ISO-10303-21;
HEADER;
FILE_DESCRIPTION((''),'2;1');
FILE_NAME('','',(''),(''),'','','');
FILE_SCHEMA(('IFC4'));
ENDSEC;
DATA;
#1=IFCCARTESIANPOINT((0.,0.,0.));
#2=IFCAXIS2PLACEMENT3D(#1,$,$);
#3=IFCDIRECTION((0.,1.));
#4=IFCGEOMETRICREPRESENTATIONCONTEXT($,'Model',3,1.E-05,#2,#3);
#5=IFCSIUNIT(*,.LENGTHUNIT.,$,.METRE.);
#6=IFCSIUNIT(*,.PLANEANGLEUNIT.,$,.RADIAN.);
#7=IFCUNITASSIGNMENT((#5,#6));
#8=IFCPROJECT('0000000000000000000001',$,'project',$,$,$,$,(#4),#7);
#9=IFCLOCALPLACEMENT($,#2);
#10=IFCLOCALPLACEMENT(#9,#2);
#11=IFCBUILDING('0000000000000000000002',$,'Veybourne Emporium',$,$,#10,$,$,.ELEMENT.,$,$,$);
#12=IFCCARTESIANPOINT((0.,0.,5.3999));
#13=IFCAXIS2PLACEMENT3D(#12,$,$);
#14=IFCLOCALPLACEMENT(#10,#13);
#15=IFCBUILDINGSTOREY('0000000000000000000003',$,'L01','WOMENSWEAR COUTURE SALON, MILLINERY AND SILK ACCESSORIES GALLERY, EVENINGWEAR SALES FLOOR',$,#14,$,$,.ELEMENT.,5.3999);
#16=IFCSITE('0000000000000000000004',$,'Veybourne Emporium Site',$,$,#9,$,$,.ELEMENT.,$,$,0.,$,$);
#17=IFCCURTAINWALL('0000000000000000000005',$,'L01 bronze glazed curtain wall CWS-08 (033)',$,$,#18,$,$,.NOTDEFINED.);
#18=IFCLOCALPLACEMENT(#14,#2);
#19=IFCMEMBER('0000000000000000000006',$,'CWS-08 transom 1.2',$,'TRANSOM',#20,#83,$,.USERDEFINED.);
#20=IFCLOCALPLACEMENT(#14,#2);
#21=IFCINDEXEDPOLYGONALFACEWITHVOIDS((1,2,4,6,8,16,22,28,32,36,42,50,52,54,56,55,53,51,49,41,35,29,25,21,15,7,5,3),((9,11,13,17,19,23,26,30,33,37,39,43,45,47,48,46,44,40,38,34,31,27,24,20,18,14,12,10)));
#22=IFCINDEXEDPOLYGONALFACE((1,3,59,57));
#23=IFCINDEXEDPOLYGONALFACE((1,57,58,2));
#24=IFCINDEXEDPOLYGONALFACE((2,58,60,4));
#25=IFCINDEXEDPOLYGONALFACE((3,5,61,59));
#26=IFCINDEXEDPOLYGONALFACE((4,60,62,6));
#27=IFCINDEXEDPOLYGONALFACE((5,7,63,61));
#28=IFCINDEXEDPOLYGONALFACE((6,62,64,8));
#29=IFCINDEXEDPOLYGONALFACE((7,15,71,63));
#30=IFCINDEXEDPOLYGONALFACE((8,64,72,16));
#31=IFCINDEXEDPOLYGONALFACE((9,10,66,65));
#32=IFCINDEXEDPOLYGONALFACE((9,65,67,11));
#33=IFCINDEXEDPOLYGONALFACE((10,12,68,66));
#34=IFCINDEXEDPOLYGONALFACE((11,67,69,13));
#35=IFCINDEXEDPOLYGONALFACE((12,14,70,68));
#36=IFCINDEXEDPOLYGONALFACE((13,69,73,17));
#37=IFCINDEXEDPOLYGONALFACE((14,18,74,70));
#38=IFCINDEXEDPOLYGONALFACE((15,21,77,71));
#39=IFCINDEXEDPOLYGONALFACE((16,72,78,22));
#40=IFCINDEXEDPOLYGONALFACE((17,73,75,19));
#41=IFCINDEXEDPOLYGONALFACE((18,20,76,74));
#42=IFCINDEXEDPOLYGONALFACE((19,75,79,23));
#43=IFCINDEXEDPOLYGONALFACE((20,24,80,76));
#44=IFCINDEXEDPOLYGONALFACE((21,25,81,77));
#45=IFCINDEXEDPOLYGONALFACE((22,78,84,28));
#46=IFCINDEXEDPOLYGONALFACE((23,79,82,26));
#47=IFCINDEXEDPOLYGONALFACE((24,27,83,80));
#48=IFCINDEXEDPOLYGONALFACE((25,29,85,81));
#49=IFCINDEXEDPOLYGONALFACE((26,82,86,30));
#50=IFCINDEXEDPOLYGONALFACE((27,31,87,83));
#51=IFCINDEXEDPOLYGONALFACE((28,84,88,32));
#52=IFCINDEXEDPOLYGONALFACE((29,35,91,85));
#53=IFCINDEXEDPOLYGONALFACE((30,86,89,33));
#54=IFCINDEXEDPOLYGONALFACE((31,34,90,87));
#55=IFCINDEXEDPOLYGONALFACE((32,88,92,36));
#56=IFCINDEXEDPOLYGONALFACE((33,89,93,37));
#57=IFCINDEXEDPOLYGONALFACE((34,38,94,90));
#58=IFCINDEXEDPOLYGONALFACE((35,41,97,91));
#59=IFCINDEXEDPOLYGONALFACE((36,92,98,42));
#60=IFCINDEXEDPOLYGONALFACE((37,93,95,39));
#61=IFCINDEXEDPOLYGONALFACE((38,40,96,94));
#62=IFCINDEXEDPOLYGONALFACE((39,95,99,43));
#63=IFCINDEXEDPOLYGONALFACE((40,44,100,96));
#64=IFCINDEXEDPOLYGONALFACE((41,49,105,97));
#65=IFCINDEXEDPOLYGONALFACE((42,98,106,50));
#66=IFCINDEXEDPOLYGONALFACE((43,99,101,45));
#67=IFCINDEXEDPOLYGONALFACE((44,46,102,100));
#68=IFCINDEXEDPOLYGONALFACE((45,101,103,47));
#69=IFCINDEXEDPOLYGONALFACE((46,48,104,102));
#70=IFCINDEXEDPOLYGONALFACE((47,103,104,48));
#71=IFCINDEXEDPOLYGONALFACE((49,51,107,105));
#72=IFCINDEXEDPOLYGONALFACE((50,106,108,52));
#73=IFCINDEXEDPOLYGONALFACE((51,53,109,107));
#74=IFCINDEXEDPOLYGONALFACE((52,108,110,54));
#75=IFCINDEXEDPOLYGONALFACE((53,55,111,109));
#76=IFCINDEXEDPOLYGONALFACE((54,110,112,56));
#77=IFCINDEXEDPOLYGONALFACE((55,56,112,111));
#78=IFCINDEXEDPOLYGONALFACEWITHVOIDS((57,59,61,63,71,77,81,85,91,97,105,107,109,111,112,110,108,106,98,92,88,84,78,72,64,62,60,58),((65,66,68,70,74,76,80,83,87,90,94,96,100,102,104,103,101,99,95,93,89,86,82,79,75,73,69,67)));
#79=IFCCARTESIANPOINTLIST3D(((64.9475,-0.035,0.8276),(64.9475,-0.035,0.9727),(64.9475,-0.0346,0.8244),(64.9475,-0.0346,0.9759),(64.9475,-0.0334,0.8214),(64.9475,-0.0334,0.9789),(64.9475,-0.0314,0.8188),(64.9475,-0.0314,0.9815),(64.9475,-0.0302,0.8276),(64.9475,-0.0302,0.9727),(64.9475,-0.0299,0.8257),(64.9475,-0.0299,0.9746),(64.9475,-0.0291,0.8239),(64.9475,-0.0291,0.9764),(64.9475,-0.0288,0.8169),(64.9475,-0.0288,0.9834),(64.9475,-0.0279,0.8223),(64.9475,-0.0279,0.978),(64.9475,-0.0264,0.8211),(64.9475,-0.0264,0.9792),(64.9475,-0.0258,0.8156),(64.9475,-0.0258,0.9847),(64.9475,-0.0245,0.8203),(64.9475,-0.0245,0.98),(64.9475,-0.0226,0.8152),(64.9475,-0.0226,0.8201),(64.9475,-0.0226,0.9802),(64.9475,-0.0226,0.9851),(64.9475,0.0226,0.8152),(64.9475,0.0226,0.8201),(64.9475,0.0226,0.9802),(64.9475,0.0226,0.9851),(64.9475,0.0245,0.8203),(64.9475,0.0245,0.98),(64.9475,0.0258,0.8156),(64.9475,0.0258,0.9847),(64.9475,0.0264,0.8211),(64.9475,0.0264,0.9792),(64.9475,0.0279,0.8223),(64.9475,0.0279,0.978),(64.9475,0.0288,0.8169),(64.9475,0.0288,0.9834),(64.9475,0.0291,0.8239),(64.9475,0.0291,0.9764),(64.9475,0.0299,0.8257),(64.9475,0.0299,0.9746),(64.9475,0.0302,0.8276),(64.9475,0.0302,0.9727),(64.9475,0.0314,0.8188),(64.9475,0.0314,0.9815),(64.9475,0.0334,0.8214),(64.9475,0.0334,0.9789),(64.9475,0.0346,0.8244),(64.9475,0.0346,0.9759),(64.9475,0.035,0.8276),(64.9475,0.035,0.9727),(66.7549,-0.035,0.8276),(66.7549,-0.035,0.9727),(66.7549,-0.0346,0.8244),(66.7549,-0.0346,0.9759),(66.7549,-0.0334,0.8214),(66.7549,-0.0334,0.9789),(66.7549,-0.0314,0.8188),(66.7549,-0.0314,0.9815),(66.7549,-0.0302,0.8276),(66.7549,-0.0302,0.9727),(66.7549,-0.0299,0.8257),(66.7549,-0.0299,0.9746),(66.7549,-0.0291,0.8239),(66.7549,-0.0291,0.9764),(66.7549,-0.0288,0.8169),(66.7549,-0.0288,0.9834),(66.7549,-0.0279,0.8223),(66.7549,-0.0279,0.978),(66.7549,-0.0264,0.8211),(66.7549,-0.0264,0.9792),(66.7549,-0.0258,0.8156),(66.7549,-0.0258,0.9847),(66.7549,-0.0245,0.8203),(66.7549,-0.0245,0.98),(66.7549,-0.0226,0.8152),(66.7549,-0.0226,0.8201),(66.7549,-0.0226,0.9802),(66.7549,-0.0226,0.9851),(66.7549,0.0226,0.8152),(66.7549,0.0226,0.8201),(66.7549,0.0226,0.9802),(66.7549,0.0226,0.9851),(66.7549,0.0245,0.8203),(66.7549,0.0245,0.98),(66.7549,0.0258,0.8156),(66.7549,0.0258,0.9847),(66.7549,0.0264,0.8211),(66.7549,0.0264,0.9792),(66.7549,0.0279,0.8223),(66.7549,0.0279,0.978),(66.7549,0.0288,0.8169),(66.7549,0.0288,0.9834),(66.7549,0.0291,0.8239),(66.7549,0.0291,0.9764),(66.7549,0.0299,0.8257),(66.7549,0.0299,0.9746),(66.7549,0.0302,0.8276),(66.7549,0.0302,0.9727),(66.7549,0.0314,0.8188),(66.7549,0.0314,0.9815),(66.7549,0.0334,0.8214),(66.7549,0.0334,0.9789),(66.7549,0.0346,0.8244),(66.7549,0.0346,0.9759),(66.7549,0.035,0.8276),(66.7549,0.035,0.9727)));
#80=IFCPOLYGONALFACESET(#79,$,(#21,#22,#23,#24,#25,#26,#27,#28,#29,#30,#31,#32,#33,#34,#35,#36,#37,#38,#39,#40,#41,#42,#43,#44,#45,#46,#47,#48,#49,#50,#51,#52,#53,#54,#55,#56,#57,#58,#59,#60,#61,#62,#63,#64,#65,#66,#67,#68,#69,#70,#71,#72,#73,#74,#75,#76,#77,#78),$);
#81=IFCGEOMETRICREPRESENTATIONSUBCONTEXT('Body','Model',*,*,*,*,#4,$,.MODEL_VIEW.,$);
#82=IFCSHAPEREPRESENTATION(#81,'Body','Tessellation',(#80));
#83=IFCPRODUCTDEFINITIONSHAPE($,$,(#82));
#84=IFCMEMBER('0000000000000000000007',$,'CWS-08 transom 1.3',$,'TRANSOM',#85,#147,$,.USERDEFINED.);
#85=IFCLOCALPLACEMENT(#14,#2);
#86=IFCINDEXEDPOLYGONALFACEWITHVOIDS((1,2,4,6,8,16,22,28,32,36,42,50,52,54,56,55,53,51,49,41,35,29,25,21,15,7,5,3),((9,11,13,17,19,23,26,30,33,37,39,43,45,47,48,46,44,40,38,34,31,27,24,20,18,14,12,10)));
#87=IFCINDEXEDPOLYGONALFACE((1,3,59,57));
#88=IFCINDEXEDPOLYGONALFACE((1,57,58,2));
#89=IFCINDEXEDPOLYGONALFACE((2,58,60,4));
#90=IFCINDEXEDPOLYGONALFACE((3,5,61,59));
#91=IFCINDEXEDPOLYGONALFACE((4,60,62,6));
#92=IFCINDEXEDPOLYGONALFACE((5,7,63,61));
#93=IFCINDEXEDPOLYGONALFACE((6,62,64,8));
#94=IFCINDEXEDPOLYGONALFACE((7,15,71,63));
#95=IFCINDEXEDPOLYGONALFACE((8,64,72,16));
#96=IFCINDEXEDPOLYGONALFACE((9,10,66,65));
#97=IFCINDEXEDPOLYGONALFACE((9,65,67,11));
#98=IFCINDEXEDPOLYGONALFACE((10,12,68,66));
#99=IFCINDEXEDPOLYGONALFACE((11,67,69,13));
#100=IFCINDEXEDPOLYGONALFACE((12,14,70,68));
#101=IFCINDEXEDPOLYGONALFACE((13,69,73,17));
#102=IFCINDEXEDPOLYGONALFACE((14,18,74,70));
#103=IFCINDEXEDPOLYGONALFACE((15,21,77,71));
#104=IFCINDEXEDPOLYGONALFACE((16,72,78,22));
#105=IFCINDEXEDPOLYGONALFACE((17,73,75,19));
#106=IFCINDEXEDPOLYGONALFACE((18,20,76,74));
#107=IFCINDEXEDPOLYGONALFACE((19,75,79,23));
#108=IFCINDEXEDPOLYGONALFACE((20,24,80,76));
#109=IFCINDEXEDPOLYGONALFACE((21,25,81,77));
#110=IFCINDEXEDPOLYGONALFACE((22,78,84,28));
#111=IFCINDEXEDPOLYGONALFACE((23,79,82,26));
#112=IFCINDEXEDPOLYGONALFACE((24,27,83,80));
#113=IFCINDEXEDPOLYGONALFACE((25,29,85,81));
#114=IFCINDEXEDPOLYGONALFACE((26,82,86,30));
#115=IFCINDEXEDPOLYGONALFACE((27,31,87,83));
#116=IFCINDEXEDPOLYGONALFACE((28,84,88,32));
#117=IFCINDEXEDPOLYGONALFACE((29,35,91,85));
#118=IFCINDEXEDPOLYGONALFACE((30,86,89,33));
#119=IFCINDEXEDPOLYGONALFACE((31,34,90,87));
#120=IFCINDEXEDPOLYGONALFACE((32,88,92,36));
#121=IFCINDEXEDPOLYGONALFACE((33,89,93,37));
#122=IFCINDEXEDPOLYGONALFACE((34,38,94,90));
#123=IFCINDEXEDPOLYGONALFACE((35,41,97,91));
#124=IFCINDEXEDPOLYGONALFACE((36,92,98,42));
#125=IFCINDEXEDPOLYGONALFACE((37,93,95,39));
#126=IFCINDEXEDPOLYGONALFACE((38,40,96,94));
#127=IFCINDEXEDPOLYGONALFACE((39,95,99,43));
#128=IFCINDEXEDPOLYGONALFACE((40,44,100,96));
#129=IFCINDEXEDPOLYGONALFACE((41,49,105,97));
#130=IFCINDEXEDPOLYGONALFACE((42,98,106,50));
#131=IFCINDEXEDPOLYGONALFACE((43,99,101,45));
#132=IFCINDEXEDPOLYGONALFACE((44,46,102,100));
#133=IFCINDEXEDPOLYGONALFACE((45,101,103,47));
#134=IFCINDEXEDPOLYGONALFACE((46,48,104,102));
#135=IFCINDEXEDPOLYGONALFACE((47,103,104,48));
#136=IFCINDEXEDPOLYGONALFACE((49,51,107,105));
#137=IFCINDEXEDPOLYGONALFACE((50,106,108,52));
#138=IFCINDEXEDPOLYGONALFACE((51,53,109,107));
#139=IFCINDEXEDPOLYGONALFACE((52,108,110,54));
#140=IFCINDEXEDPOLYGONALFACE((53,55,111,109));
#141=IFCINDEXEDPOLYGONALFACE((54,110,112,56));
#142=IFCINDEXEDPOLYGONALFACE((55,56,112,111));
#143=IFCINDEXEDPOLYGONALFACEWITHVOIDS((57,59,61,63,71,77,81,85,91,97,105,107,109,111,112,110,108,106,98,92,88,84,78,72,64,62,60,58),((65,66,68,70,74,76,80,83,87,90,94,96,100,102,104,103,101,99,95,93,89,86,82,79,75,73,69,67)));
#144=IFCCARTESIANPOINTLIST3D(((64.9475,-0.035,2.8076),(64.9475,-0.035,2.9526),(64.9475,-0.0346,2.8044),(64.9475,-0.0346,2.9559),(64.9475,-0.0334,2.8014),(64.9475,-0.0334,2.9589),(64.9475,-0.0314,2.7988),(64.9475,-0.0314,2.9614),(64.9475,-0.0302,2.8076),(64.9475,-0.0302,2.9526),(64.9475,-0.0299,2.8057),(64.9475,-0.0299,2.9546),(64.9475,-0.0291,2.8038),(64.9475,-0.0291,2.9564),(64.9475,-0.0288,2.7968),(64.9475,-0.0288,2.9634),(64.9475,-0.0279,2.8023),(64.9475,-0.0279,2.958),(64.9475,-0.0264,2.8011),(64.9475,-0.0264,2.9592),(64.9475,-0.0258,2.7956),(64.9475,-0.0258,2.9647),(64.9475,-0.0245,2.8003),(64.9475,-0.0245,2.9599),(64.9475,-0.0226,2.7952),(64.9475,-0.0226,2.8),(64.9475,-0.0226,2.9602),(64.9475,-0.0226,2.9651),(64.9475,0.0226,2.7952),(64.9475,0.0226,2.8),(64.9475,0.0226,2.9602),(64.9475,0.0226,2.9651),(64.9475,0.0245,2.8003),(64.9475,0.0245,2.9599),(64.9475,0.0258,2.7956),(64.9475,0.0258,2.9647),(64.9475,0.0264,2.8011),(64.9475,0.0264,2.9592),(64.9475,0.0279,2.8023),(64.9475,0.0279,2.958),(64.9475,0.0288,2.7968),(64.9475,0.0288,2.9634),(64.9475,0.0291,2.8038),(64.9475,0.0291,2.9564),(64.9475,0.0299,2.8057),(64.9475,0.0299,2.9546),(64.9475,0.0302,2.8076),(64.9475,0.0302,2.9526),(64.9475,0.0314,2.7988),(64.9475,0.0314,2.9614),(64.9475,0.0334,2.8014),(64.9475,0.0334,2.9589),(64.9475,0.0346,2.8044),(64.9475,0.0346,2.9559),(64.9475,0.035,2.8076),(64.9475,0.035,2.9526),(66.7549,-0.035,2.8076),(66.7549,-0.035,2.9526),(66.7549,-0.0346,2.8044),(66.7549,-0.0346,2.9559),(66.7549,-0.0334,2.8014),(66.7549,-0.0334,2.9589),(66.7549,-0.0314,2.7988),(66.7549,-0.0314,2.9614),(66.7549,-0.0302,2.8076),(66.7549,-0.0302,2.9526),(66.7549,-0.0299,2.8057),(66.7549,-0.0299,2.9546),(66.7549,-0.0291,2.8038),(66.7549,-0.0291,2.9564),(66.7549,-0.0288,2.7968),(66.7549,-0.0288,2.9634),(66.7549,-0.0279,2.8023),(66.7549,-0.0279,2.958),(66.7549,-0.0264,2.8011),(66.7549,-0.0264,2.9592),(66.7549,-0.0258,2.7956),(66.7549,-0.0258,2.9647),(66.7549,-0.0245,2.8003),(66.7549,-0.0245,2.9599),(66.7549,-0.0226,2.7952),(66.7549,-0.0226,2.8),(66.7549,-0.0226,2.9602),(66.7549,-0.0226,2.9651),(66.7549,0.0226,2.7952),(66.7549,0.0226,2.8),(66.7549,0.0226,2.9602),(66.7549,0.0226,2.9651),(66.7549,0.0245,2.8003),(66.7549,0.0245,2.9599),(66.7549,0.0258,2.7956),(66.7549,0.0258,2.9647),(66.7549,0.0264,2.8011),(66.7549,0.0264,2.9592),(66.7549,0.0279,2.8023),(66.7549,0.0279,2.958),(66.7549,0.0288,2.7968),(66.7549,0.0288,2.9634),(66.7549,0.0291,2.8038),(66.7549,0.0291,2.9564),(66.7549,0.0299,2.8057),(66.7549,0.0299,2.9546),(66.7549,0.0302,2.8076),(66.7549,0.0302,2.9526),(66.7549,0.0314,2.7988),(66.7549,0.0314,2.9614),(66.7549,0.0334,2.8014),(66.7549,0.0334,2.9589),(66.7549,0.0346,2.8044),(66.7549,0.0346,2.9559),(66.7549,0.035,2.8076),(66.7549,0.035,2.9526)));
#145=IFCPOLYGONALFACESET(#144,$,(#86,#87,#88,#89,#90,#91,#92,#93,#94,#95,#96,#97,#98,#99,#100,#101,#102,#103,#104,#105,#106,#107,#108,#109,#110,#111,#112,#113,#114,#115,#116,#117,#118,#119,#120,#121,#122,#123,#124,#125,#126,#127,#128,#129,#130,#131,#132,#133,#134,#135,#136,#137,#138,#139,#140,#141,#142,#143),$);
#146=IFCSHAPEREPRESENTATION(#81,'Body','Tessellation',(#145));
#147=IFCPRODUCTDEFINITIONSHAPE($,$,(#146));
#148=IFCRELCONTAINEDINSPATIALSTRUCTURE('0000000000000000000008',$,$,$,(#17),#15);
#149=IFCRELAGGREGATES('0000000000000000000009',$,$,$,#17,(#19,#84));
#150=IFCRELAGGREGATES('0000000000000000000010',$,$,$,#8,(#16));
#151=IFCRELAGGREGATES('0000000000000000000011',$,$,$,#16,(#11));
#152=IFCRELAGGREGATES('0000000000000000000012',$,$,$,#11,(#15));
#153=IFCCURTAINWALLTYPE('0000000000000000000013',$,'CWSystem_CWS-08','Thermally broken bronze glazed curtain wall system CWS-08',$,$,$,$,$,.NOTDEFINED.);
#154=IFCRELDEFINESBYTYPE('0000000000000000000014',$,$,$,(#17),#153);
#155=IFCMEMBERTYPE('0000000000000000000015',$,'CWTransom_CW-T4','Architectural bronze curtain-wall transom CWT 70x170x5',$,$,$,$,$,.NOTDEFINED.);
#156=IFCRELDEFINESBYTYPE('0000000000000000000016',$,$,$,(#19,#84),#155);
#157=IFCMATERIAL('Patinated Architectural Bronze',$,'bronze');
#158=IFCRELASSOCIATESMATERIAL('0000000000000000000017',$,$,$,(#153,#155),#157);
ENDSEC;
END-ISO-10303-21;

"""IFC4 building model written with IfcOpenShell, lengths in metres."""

from ifc_helpers import new_model, si_unit, direction, frame, origin, origin_2d, place, context, subcontext, project, spatial, hollow_rectangle, extrude, material, material_profile, profile_set, type_object, element, aggregate, save


model = new_model("IFC4")

# Units and contexts
model_context = context("Model", 3, precision=1e-05, world=origin(), true_north=direction((0.0, 1.0)))
body_context = subcontext(model_context, "Body", "Model", "MODEL_VIEW")
ifc_project = project(units=[si_unit("LENGTHUNIT", "METRE"), si_unit("PLANEANGLEUNIT", "RADIAN")], contexts=[model_context])

# Site, building, storey
site_placement = place(None, origin())
site = spatial("IfcSite", under=ifc_project, at=site_placement, Name="Veybourne Emporium Site", CompositionType="ELEMENT", RefElevation=0.0)
building_placement = place(site_placement, origin())
building = spatial("IfcBuilding", under=site, at=building_placement, Name="Veybourne Emporium", CompositionType="ELEMENT")
storey_placement = place(building_placement, frame((0.0, 0.0, 5.3999)))
storey = spatial("IfcBuildingStorey", under=building, at=storey_placement, Name="L01", Description="WOMENSWEAR COUTURE SALON, MILLINERY AND SILK ACCESSORIES GALLERY, EVENINGWEAR SALES FLOOR", CompositionType="ELEMENT", Elevation=5.3999)

# Curtain wall, members
ifc_material_1 = material(Name="Patinated Architectural Bronze", Category="bronze")
curtain_wall_type = type_object("IfcCurtainWallType", Name="CWSystem_CWS-08", Description="Thermally broken bronze glazed curtain wall system CWS-08", PredefinedType="NOTDEFINED", material=ifc_material_1)
curtain_wall_placement = place(storey_placement, origin())
curtain_wall = element("IfcCurtainWall", 1, at=curtain_wall_placement, inside=storey, type_object=curtain_wall_type, Name="L01 bronze glazed curtain wall CWS-08 (033)", PredefinedType="NOTDEFINED")
ifc_material_profile_1 = material_profile(ifc_material_1, hollow_rectangle(XDim=0.0701, YDim=0.1699, WallThickness=0.0049, InnerFilletRadius=0.0076, OuterFilletRadius=0.0125, at=origin_2d()), Name="CWT 70x170x5")
ifc_profile_set_1 = profile_set([ifc_material_profile_1], Name="Patinated Architectural Bronze")
member_type_1 = type_object("IfcMemberType", Name="CWTransom_CW-T4", Description="Architectural bronze curtain-wall transom CWT 70x170x5", PredefinedType="NOTDEFINED", material=ifc_profile_set_1)
member_1_placement = place(storey_placement, frame((66.7549, 0.0, 0.9001), z_axis=(-1.0, 0.0, 0.0), x_axis=(0.0, -1.0, 0.0)))
member_1 = element("IfcMember", 2, at=member_1_placement, type_object=member_type_1, Name="CWS-08 transom 1.2", ObjectType="TRANSOM", PredefinedType="USERDEFINED", context=body_context, shape_type="SweptSolid", body=[
    extrude(hollow_rectangle(XDim=0.0701, YDim=0.1699, WallThickness=0.0049, InnerFilletRadius=0.0076, OuterFilletRadius=0.0125, at=origin_2d()), origin(), (0.0, 0.0, 1.0), 1.8074),
])
member_2_placement = place(storey_placement, frame((66.7549, 0.0, 2.8801), z_axis=(-1.0, 0.0, 0.0), x_axis=(0.0, -1.0, 0.0)))
member_2 = element("IfcMember", 3, at=member_2_placement, type_object=member_type_1, Name="CWS-08 transom 1.3", ObjectType="TRANSOM", PredefinedType="USERDEFINED", context=body_context, shape_type="SweptSolid", body=[
    extrude(hollow_rectangle(XDim=0.0701, YDim=0.1699, WallThickness=0.0049, InnerFilletRadius=0.0076, OuterFilletRadius=0.0125, at=origin_2d()), origin(), (0.0, 0.0, 1.0), 1.8074),
])

aggregate(curtain_wall, [member_1, member_2])

save(model, "model.ifc")
